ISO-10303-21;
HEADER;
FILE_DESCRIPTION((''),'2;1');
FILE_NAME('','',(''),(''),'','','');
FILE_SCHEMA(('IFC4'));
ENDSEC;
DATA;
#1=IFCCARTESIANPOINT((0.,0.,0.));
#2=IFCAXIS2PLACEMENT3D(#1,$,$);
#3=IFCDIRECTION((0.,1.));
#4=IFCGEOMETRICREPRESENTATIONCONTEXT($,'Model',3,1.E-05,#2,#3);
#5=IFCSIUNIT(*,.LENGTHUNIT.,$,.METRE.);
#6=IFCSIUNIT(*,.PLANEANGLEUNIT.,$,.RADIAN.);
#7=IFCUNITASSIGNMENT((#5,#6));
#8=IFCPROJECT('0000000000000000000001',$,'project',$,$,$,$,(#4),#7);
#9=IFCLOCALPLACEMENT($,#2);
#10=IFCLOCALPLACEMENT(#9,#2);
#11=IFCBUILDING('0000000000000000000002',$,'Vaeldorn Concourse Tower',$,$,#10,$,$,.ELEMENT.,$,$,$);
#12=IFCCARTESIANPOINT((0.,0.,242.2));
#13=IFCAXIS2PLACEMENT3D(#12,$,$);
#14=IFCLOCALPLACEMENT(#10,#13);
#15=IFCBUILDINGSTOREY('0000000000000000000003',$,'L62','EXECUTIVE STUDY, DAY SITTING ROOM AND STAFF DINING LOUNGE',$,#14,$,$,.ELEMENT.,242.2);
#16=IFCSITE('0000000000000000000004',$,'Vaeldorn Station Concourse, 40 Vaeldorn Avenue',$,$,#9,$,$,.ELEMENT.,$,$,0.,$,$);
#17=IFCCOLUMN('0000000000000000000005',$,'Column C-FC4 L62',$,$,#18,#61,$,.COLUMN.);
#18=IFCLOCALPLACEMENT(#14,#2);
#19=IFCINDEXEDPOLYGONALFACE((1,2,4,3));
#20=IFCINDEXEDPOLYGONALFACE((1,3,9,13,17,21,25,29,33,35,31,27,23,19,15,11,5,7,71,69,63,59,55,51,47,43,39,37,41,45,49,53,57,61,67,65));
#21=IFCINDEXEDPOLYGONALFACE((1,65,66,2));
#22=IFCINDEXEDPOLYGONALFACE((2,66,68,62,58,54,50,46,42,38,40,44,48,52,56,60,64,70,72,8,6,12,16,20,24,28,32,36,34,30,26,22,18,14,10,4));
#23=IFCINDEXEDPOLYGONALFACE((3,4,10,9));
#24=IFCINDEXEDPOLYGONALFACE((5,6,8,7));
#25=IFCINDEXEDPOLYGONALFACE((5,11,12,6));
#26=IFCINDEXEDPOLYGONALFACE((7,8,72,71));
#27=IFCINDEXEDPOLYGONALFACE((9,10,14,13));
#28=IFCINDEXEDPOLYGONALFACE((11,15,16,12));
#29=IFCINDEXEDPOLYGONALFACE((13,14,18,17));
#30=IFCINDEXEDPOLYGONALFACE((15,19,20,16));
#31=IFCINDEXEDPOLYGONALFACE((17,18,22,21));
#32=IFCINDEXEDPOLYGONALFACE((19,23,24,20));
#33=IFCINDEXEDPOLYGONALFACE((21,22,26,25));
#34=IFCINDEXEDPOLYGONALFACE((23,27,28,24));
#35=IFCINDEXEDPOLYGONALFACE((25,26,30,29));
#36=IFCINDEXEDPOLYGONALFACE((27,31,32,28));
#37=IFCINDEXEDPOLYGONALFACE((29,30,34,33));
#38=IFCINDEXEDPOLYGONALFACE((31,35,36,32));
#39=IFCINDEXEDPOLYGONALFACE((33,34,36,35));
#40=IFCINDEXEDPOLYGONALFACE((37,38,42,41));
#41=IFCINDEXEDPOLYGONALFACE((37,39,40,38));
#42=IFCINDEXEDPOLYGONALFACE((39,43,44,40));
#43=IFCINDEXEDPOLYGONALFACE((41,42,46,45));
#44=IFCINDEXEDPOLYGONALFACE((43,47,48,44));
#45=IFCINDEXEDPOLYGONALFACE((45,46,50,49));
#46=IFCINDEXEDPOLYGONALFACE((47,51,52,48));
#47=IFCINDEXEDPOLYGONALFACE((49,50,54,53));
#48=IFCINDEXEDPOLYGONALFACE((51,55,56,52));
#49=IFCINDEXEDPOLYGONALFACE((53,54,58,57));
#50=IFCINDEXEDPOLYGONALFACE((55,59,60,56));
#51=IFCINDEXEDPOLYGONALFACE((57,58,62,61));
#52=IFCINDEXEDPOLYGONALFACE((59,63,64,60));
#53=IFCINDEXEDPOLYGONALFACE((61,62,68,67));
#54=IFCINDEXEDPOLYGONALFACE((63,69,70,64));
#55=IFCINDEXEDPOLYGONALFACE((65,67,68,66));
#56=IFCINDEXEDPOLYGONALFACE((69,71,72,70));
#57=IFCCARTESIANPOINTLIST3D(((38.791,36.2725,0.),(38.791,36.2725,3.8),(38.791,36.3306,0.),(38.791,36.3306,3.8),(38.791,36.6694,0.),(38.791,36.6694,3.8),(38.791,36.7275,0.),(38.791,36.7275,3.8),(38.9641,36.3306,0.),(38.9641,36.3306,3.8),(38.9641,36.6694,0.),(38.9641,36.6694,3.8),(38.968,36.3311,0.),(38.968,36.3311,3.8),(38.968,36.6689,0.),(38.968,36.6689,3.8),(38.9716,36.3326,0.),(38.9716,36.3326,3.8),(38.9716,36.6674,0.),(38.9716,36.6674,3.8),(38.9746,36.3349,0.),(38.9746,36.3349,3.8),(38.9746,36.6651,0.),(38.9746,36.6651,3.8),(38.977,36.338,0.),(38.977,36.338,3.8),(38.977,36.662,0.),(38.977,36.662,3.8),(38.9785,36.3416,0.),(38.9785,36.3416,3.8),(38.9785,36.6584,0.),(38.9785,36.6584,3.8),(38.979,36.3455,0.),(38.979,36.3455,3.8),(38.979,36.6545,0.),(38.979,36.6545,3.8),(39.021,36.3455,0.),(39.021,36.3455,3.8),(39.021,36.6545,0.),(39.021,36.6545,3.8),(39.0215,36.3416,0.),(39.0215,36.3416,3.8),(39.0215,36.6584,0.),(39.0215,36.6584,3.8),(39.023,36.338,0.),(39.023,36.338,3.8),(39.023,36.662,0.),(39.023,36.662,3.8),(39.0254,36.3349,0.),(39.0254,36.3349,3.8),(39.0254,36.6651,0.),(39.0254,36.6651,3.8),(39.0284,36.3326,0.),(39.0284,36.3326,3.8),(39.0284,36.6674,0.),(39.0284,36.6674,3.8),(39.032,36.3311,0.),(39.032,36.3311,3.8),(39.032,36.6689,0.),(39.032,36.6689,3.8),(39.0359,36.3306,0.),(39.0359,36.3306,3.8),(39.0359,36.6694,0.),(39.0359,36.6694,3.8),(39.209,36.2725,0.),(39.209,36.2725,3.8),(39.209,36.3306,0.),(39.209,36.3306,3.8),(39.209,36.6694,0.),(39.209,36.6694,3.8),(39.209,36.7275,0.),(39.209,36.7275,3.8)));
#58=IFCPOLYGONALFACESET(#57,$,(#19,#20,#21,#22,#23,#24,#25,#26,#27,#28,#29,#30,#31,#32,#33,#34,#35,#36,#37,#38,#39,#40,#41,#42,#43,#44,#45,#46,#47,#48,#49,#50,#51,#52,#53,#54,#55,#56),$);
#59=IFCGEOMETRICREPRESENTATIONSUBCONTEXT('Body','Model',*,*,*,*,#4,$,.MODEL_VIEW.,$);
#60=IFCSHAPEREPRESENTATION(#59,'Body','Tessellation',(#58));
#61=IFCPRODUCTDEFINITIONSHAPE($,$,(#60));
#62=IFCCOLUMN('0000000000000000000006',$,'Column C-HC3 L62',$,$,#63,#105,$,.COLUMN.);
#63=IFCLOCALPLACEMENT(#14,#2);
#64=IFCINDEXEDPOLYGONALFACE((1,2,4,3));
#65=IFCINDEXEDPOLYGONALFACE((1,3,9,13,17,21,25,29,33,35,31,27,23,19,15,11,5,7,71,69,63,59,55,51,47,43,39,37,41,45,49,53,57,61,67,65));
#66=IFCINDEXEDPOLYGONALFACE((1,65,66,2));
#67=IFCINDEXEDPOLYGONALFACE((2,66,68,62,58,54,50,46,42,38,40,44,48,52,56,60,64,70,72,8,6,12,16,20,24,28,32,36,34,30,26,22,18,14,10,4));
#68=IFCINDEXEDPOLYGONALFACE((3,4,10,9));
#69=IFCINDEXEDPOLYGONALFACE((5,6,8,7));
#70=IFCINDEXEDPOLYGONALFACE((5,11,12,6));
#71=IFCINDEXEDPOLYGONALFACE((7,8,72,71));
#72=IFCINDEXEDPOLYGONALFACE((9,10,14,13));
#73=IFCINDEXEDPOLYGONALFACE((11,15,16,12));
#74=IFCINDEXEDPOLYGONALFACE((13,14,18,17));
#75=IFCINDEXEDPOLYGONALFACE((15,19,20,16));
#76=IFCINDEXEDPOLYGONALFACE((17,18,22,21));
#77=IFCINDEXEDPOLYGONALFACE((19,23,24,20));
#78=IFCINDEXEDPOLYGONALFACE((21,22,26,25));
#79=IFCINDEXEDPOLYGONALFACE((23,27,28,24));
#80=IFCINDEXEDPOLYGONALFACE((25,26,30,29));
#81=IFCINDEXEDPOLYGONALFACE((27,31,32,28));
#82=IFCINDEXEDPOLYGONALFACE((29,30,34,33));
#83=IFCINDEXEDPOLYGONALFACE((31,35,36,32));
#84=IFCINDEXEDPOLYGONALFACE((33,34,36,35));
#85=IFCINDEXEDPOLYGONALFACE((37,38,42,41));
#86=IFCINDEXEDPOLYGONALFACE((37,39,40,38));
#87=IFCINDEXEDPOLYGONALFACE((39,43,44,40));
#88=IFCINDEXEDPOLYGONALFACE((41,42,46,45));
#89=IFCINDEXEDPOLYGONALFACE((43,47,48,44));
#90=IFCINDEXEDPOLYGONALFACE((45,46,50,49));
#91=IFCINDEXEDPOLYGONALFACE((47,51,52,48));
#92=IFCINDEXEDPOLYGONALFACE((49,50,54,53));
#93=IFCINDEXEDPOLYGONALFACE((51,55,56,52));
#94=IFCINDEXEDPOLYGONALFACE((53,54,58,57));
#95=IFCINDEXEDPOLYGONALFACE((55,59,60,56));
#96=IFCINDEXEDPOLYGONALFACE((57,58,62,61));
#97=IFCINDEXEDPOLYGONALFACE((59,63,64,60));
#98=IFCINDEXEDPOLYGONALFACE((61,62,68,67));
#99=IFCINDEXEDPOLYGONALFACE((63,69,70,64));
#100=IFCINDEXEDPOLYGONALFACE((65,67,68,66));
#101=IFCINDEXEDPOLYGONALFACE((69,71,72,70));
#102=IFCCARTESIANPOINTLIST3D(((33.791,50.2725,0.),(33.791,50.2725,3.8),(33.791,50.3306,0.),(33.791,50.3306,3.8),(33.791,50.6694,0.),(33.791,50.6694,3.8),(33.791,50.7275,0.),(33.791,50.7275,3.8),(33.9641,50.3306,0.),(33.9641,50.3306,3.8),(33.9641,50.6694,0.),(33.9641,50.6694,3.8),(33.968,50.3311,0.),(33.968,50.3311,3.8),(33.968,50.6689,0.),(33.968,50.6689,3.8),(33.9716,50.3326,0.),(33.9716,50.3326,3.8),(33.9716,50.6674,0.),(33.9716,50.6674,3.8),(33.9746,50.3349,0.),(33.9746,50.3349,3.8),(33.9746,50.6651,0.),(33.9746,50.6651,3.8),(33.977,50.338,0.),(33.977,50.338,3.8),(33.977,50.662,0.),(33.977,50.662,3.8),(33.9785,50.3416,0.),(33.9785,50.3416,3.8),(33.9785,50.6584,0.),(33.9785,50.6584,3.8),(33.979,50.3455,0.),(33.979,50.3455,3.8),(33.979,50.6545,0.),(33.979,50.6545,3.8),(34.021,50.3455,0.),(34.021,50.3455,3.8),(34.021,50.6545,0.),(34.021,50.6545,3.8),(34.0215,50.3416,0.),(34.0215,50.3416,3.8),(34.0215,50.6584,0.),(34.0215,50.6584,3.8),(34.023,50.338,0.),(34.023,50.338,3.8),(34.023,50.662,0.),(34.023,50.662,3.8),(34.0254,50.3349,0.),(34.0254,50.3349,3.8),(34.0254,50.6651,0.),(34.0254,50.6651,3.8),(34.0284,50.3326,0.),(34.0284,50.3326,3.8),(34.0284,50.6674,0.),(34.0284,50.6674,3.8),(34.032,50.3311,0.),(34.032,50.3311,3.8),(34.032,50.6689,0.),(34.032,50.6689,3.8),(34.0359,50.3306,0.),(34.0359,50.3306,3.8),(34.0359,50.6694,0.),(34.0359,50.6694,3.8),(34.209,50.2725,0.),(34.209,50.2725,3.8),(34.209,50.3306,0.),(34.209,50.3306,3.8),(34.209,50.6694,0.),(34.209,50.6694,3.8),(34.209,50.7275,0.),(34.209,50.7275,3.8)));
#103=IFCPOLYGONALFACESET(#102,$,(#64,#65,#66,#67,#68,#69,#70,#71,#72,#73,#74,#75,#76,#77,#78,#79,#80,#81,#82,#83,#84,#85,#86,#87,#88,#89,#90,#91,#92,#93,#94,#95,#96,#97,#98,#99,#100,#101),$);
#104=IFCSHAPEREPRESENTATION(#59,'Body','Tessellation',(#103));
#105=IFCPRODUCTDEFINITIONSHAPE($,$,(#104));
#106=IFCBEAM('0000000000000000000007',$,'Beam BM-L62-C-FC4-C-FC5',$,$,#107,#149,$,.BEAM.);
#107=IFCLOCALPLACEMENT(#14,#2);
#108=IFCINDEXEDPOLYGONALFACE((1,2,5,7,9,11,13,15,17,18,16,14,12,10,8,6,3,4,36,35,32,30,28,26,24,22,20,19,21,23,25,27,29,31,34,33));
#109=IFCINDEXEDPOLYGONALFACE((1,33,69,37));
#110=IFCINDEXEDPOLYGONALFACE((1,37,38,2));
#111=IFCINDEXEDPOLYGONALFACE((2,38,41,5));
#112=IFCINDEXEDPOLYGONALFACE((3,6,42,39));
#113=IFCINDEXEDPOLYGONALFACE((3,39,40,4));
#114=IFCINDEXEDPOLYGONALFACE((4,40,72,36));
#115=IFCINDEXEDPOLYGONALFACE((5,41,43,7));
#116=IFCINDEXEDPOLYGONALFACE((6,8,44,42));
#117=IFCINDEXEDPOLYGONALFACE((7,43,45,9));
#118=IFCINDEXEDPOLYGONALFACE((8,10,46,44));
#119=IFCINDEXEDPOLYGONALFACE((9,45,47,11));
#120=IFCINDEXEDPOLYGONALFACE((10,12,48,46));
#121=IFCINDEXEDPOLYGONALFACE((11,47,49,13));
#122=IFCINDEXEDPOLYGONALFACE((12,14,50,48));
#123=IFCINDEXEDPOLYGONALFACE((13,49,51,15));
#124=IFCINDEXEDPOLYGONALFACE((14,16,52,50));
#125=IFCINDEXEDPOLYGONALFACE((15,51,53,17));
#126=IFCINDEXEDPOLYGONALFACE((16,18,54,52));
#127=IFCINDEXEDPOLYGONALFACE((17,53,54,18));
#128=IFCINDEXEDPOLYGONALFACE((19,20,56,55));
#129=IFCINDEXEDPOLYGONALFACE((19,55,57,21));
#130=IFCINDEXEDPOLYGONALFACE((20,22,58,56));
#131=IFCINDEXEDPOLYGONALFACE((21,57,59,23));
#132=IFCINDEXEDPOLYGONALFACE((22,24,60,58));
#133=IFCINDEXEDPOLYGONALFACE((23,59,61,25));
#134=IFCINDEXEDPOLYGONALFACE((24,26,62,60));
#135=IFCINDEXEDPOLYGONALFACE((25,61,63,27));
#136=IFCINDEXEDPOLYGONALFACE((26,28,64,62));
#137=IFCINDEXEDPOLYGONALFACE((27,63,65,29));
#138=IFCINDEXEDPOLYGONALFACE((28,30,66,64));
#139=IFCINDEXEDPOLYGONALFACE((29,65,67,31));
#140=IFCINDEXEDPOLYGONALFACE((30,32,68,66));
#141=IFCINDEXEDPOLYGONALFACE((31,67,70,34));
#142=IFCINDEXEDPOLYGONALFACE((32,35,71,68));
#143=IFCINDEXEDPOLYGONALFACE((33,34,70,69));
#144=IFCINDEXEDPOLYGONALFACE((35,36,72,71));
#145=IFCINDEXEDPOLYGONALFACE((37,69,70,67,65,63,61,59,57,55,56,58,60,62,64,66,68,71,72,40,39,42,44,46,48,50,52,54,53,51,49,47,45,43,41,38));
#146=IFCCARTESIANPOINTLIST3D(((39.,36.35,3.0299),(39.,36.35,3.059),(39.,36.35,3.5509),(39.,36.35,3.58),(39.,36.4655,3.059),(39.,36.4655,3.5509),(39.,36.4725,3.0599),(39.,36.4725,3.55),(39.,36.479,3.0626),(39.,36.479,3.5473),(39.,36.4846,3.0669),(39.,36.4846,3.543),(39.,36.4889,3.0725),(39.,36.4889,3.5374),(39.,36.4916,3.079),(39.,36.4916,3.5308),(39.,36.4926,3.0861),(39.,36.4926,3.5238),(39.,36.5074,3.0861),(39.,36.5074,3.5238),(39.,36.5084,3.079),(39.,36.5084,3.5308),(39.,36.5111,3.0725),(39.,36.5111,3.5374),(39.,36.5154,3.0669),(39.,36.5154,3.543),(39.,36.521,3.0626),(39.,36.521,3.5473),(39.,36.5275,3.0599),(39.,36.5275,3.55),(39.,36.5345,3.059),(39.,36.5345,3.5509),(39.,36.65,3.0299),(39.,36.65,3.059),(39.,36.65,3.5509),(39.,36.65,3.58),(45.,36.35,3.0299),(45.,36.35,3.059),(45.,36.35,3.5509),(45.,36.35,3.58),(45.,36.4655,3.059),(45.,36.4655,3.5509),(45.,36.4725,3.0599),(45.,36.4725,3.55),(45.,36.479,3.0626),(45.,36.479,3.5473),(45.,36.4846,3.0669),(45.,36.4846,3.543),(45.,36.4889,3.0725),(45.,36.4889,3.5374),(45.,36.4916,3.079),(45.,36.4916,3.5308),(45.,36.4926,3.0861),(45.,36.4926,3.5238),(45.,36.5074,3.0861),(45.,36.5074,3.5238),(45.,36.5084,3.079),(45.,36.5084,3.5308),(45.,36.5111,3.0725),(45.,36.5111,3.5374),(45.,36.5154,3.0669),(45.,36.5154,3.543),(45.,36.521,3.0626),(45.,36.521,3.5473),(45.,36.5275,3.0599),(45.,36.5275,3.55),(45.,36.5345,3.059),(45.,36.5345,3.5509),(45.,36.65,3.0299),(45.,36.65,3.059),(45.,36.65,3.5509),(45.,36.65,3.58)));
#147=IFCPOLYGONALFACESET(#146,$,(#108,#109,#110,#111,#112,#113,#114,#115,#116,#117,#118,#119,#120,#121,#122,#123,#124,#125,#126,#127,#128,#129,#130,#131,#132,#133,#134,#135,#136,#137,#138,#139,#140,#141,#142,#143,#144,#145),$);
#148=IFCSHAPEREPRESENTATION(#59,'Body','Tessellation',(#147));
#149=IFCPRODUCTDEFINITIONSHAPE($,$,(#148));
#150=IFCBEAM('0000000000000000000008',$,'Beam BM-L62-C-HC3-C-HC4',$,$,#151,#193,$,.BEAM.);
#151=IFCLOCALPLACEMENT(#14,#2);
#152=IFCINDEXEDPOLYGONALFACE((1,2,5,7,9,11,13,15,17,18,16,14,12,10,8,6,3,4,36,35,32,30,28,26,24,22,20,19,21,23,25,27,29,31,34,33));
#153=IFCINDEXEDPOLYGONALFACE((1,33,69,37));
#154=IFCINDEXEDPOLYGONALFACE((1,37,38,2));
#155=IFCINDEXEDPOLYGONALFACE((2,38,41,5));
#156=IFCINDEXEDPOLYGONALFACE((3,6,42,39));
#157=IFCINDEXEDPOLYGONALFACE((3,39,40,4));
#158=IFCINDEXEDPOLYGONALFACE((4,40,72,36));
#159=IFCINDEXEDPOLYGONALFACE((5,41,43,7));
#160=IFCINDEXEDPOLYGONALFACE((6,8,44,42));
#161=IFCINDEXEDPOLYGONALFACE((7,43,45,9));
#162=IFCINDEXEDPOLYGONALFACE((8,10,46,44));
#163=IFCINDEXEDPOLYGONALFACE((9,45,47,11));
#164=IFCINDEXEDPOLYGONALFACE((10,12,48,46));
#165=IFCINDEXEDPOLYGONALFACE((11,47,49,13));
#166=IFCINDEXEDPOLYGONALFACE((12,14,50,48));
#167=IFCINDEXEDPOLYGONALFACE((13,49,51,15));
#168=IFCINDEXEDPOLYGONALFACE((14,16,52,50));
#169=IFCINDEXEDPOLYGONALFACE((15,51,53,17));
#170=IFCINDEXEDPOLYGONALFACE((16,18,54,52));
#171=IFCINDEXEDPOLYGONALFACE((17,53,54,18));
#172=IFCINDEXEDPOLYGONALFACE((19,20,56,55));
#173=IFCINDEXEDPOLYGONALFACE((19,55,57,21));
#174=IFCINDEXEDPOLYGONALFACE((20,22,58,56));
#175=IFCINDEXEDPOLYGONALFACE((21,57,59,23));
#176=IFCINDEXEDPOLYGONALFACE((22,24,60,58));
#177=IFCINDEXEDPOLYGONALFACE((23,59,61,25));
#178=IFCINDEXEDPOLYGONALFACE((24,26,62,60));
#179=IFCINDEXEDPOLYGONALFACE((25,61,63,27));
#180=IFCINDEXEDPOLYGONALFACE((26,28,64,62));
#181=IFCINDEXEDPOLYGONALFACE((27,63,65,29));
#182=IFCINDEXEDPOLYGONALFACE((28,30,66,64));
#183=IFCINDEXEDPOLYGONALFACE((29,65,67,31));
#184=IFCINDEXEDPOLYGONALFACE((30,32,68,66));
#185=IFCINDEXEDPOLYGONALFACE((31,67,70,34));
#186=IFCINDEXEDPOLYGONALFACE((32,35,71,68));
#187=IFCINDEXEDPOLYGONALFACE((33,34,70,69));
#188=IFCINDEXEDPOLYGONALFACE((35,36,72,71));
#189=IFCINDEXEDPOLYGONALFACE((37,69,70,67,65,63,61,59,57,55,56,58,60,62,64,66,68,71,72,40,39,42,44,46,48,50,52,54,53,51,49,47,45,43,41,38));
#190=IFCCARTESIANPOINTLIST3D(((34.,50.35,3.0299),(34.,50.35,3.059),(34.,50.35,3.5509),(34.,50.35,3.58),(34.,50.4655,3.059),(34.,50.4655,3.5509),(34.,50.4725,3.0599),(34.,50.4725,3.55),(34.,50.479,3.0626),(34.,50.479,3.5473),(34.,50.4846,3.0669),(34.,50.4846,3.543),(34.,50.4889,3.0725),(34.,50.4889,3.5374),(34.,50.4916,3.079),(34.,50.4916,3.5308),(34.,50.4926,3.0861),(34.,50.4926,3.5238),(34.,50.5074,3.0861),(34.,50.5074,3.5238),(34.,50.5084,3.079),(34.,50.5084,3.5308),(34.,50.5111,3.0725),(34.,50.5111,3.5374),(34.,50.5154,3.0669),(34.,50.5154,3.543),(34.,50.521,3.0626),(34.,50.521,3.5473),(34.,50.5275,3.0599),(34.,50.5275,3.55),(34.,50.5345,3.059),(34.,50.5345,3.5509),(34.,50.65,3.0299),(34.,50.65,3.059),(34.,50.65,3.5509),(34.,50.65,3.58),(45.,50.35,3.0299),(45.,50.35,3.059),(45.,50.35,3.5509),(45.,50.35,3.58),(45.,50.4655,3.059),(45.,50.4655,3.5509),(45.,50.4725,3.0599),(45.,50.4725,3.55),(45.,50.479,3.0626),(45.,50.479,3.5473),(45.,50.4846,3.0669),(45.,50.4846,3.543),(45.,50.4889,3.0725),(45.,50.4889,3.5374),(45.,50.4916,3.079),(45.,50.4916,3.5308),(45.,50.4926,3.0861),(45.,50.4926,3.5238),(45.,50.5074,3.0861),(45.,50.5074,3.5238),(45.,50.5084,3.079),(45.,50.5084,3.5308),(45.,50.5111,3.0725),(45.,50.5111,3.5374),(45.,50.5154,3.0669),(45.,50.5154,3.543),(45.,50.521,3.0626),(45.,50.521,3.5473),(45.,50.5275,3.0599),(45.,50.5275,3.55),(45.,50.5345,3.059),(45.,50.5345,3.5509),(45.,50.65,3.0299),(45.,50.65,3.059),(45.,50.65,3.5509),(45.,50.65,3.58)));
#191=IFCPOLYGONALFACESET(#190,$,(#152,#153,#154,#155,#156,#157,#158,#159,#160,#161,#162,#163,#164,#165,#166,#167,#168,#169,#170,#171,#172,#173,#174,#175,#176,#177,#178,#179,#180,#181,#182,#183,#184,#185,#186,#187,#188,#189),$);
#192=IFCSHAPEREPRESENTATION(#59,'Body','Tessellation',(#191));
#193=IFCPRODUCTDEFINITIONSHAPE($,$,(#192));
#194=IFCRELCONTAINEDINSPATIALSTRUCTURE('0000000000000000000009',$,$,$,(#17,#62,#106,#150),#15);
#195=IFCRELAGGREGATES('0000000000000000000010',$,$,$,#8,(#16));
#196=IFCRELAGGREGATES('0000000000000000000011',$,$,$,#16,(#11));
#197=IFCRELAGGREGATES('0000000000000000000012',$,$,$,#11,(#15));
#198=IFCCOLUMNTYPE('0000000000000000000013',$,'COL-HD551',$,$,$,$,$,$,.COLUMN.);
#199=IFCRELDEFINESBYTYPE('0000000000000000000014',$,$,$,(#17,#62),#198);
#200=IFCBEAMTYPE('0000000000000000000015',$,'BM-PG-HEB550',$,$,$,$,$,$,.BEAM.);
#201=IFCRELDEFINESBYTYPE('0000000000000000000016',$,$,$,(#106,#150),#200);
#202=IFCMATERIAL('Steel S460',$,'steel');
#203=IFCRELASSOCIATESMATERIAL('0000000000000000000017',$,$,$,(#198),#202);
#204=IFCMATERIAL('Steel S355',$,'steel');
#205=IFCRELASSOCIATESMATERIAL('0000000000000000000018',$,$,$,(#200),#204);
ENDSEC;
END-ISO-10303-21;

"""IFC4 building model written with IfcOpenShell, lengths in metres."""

from ifc_helpers import new_model, si_unit, direction, frame, origin, origin_2d, place, context, subcontext, project, spatial, i_section, extrude, source, transform, mapped, material, material_profile, profile_set, type_object, element, save


model = new_model("IFC4")

# Units and contexts
model_context = context("Model", 3, precision=1e-05, world=origin(), true_north=direction((0.0, 1.0)))
body_context = subcontext(model_context, "Body", "Model", "MODEL_VIEW")
ifc_project = project(units=[si_unit("LENGTHUNIT", "METRE"), si_unit("PLANEANGLEUNIT", "RADIAN")], contexts=[model_context])

# Site, building, storey
site_placement = place(None, origin())
site = spatial("IfcSite", under=ifc_project, at=site_placement, Name="Vaeldorn Station Concourse, 40 Vaeldorn Avenue", CompositionType="ELEMENT", RefElevation=0.0)
building_placement = place(site_placement, origin())
building = spatial("IfcBuilding", under=site, at=building_placement, Name="Vaeldorn Concourse Tower", CompositionType="ELEMENT")
storey_placement = place(building_placement, frame((0.0, 0.0, 242.2)))
storey = spatial("IfcBuildingStorey", under=building, at=storey_placement, Name="L62", Description="EXECUTIVE STUDY, DAY SITTING ROOM AND STAFF DINING LOUNGE", CompositionType="ELEMENT", Elevation=242.2)

# Columns
ifc_material_1 = material(Name="Steel S460", Category="steel")
ifc_material_profile_1 = material_profile(ifc_material_1, i_section(OverallWidth=0.418, OverallDepth=0.4551, WebThickness=0.042, FlangeThickness=0.0581, FilletRadius=0.0149, at=origin_2d()), Name="HD 400x551")
ifc_profile_set_1 = profile_set([ifc_material_profile_1], Name="Steel S460")
column_type = type_object("IfcColumnType", Name="COL-HD551", PredefinedType="COLUMN", material=ifc_profile_set_1)
shared_shape_1 = source(origin(), body_context, "Body", "SweptSolid", [
    extrude(i_section(OverallWidth=0.418, OverallDepth=0.4551, WebThickness=0.042, FlangeThickness=0.0581, FilletRadius=0.0149, at=origin_2d()), origin(), (0.0, 0.0, 1.0), 3.8),
])
for number, where, z_axis, x_axis, name in (
    (1, (39.0, 36.5, 0.0), (0.0, 0.0, 1.0), (1.0, 0.0, 0.0), "Column C-FC4 L62"),
    (2, (34.0, 50.5, 0.0), (0.0, 0.0, 1.0), (1.0, 0.0, 0.0), "Column C-HC3 L62"),
):
    element("IfcColumn", number, at=place(storey_placement, frame(where, z_axis=z_axis, x_axis=x_axis)), inside=storey, type_object=column_type, Name=name, PredefinedType="COLUMN", context=body_context, shape_type="MappedRepresentation", body=[
        mapped(shared_shape_1, transform((0.0, 0.0, 0.0), scale=1.0)),
    ])

# Beams
ifc_material_2 = material(Name="Steel S355", Category="steel")
ifc_material_profile_2 = material_profile(ifc_material_2, i_section(OverallWidth=0.3, OverallDepth=0.55, WebThickness=0.0149, FlangeThickness=0.0291, FilletRadius=0.0271, at=origin_2d()), Name="HEB 550")
ifc_profile_set_2 = profile_set([ifc_material_profile_2], Name="Steel S355")
beam_type = type_object("IfcBeamType", Name="BM-PG-HEB550", PredefinedType="BEAM", material=ifc_profile_set_2)
shared_shape_2 = source(origin(), body_context, "Body", "SweptSolid", [
    extrude(i_section(OverallWidth=0.3, OverallDepth=0.55, WebThickness=0.0149, FlangeThickness=0.0291, FilletRadius=0.0271, at=origin_2d()), origin(), (0.0, 0.0, 1.0), 6.0),
])
beam_1_placement = place(storey_placement, frame((39.0, 36.5, 3.3049), z_axis=(1.0, 0.0, 0.0), x_axis=(0.0, 1.0, 0.0)))
element("IfcBeam", 3, at=beam_1_placement, inside=storey, type_object=beam_type, Name="Beam BM-L62-C-FC4-C-FC5", PredefinedType="BEAM", context=body_context, shape_type="MappedRepresentation", body=[
    mapped(shared_shape_2, transform((0.0, 0.0, 0.0), scale=1.0)),
])
shared_shape_3 = source(origin(), body_context, "Body", "SweptSolid", [
    extrude(i_section(OverallWidth=0.3, OverallDepth=0.55, WebThickness=0.0149, FlangeThickness=0.0291, FilletRadius=0.0271, at=origin_2d()), origin(), (0.0, 0.0, 1.0), 11.0),
])
beam_2_placement = place(storey_placement, frame((34.0, 50.5, 3.3049), z_axis=(1.0, 0.0, 0.0), x_axis=(0.0, 1.0, 0.0)))
element("IfcBeam", 4, at=beam_2_placement, inside=storey, type_object=beam_type, Name="Beam BM-L62-C-HC3-C-HC4", PredefinedType="BEAM", context=body_context, shape_type="MappedRepresentation", body=[
    mapped(shared_shape_3, transform((0.0, 0.0, 0.0), scale=1.0)),
])

save(model, "model.ifc")
